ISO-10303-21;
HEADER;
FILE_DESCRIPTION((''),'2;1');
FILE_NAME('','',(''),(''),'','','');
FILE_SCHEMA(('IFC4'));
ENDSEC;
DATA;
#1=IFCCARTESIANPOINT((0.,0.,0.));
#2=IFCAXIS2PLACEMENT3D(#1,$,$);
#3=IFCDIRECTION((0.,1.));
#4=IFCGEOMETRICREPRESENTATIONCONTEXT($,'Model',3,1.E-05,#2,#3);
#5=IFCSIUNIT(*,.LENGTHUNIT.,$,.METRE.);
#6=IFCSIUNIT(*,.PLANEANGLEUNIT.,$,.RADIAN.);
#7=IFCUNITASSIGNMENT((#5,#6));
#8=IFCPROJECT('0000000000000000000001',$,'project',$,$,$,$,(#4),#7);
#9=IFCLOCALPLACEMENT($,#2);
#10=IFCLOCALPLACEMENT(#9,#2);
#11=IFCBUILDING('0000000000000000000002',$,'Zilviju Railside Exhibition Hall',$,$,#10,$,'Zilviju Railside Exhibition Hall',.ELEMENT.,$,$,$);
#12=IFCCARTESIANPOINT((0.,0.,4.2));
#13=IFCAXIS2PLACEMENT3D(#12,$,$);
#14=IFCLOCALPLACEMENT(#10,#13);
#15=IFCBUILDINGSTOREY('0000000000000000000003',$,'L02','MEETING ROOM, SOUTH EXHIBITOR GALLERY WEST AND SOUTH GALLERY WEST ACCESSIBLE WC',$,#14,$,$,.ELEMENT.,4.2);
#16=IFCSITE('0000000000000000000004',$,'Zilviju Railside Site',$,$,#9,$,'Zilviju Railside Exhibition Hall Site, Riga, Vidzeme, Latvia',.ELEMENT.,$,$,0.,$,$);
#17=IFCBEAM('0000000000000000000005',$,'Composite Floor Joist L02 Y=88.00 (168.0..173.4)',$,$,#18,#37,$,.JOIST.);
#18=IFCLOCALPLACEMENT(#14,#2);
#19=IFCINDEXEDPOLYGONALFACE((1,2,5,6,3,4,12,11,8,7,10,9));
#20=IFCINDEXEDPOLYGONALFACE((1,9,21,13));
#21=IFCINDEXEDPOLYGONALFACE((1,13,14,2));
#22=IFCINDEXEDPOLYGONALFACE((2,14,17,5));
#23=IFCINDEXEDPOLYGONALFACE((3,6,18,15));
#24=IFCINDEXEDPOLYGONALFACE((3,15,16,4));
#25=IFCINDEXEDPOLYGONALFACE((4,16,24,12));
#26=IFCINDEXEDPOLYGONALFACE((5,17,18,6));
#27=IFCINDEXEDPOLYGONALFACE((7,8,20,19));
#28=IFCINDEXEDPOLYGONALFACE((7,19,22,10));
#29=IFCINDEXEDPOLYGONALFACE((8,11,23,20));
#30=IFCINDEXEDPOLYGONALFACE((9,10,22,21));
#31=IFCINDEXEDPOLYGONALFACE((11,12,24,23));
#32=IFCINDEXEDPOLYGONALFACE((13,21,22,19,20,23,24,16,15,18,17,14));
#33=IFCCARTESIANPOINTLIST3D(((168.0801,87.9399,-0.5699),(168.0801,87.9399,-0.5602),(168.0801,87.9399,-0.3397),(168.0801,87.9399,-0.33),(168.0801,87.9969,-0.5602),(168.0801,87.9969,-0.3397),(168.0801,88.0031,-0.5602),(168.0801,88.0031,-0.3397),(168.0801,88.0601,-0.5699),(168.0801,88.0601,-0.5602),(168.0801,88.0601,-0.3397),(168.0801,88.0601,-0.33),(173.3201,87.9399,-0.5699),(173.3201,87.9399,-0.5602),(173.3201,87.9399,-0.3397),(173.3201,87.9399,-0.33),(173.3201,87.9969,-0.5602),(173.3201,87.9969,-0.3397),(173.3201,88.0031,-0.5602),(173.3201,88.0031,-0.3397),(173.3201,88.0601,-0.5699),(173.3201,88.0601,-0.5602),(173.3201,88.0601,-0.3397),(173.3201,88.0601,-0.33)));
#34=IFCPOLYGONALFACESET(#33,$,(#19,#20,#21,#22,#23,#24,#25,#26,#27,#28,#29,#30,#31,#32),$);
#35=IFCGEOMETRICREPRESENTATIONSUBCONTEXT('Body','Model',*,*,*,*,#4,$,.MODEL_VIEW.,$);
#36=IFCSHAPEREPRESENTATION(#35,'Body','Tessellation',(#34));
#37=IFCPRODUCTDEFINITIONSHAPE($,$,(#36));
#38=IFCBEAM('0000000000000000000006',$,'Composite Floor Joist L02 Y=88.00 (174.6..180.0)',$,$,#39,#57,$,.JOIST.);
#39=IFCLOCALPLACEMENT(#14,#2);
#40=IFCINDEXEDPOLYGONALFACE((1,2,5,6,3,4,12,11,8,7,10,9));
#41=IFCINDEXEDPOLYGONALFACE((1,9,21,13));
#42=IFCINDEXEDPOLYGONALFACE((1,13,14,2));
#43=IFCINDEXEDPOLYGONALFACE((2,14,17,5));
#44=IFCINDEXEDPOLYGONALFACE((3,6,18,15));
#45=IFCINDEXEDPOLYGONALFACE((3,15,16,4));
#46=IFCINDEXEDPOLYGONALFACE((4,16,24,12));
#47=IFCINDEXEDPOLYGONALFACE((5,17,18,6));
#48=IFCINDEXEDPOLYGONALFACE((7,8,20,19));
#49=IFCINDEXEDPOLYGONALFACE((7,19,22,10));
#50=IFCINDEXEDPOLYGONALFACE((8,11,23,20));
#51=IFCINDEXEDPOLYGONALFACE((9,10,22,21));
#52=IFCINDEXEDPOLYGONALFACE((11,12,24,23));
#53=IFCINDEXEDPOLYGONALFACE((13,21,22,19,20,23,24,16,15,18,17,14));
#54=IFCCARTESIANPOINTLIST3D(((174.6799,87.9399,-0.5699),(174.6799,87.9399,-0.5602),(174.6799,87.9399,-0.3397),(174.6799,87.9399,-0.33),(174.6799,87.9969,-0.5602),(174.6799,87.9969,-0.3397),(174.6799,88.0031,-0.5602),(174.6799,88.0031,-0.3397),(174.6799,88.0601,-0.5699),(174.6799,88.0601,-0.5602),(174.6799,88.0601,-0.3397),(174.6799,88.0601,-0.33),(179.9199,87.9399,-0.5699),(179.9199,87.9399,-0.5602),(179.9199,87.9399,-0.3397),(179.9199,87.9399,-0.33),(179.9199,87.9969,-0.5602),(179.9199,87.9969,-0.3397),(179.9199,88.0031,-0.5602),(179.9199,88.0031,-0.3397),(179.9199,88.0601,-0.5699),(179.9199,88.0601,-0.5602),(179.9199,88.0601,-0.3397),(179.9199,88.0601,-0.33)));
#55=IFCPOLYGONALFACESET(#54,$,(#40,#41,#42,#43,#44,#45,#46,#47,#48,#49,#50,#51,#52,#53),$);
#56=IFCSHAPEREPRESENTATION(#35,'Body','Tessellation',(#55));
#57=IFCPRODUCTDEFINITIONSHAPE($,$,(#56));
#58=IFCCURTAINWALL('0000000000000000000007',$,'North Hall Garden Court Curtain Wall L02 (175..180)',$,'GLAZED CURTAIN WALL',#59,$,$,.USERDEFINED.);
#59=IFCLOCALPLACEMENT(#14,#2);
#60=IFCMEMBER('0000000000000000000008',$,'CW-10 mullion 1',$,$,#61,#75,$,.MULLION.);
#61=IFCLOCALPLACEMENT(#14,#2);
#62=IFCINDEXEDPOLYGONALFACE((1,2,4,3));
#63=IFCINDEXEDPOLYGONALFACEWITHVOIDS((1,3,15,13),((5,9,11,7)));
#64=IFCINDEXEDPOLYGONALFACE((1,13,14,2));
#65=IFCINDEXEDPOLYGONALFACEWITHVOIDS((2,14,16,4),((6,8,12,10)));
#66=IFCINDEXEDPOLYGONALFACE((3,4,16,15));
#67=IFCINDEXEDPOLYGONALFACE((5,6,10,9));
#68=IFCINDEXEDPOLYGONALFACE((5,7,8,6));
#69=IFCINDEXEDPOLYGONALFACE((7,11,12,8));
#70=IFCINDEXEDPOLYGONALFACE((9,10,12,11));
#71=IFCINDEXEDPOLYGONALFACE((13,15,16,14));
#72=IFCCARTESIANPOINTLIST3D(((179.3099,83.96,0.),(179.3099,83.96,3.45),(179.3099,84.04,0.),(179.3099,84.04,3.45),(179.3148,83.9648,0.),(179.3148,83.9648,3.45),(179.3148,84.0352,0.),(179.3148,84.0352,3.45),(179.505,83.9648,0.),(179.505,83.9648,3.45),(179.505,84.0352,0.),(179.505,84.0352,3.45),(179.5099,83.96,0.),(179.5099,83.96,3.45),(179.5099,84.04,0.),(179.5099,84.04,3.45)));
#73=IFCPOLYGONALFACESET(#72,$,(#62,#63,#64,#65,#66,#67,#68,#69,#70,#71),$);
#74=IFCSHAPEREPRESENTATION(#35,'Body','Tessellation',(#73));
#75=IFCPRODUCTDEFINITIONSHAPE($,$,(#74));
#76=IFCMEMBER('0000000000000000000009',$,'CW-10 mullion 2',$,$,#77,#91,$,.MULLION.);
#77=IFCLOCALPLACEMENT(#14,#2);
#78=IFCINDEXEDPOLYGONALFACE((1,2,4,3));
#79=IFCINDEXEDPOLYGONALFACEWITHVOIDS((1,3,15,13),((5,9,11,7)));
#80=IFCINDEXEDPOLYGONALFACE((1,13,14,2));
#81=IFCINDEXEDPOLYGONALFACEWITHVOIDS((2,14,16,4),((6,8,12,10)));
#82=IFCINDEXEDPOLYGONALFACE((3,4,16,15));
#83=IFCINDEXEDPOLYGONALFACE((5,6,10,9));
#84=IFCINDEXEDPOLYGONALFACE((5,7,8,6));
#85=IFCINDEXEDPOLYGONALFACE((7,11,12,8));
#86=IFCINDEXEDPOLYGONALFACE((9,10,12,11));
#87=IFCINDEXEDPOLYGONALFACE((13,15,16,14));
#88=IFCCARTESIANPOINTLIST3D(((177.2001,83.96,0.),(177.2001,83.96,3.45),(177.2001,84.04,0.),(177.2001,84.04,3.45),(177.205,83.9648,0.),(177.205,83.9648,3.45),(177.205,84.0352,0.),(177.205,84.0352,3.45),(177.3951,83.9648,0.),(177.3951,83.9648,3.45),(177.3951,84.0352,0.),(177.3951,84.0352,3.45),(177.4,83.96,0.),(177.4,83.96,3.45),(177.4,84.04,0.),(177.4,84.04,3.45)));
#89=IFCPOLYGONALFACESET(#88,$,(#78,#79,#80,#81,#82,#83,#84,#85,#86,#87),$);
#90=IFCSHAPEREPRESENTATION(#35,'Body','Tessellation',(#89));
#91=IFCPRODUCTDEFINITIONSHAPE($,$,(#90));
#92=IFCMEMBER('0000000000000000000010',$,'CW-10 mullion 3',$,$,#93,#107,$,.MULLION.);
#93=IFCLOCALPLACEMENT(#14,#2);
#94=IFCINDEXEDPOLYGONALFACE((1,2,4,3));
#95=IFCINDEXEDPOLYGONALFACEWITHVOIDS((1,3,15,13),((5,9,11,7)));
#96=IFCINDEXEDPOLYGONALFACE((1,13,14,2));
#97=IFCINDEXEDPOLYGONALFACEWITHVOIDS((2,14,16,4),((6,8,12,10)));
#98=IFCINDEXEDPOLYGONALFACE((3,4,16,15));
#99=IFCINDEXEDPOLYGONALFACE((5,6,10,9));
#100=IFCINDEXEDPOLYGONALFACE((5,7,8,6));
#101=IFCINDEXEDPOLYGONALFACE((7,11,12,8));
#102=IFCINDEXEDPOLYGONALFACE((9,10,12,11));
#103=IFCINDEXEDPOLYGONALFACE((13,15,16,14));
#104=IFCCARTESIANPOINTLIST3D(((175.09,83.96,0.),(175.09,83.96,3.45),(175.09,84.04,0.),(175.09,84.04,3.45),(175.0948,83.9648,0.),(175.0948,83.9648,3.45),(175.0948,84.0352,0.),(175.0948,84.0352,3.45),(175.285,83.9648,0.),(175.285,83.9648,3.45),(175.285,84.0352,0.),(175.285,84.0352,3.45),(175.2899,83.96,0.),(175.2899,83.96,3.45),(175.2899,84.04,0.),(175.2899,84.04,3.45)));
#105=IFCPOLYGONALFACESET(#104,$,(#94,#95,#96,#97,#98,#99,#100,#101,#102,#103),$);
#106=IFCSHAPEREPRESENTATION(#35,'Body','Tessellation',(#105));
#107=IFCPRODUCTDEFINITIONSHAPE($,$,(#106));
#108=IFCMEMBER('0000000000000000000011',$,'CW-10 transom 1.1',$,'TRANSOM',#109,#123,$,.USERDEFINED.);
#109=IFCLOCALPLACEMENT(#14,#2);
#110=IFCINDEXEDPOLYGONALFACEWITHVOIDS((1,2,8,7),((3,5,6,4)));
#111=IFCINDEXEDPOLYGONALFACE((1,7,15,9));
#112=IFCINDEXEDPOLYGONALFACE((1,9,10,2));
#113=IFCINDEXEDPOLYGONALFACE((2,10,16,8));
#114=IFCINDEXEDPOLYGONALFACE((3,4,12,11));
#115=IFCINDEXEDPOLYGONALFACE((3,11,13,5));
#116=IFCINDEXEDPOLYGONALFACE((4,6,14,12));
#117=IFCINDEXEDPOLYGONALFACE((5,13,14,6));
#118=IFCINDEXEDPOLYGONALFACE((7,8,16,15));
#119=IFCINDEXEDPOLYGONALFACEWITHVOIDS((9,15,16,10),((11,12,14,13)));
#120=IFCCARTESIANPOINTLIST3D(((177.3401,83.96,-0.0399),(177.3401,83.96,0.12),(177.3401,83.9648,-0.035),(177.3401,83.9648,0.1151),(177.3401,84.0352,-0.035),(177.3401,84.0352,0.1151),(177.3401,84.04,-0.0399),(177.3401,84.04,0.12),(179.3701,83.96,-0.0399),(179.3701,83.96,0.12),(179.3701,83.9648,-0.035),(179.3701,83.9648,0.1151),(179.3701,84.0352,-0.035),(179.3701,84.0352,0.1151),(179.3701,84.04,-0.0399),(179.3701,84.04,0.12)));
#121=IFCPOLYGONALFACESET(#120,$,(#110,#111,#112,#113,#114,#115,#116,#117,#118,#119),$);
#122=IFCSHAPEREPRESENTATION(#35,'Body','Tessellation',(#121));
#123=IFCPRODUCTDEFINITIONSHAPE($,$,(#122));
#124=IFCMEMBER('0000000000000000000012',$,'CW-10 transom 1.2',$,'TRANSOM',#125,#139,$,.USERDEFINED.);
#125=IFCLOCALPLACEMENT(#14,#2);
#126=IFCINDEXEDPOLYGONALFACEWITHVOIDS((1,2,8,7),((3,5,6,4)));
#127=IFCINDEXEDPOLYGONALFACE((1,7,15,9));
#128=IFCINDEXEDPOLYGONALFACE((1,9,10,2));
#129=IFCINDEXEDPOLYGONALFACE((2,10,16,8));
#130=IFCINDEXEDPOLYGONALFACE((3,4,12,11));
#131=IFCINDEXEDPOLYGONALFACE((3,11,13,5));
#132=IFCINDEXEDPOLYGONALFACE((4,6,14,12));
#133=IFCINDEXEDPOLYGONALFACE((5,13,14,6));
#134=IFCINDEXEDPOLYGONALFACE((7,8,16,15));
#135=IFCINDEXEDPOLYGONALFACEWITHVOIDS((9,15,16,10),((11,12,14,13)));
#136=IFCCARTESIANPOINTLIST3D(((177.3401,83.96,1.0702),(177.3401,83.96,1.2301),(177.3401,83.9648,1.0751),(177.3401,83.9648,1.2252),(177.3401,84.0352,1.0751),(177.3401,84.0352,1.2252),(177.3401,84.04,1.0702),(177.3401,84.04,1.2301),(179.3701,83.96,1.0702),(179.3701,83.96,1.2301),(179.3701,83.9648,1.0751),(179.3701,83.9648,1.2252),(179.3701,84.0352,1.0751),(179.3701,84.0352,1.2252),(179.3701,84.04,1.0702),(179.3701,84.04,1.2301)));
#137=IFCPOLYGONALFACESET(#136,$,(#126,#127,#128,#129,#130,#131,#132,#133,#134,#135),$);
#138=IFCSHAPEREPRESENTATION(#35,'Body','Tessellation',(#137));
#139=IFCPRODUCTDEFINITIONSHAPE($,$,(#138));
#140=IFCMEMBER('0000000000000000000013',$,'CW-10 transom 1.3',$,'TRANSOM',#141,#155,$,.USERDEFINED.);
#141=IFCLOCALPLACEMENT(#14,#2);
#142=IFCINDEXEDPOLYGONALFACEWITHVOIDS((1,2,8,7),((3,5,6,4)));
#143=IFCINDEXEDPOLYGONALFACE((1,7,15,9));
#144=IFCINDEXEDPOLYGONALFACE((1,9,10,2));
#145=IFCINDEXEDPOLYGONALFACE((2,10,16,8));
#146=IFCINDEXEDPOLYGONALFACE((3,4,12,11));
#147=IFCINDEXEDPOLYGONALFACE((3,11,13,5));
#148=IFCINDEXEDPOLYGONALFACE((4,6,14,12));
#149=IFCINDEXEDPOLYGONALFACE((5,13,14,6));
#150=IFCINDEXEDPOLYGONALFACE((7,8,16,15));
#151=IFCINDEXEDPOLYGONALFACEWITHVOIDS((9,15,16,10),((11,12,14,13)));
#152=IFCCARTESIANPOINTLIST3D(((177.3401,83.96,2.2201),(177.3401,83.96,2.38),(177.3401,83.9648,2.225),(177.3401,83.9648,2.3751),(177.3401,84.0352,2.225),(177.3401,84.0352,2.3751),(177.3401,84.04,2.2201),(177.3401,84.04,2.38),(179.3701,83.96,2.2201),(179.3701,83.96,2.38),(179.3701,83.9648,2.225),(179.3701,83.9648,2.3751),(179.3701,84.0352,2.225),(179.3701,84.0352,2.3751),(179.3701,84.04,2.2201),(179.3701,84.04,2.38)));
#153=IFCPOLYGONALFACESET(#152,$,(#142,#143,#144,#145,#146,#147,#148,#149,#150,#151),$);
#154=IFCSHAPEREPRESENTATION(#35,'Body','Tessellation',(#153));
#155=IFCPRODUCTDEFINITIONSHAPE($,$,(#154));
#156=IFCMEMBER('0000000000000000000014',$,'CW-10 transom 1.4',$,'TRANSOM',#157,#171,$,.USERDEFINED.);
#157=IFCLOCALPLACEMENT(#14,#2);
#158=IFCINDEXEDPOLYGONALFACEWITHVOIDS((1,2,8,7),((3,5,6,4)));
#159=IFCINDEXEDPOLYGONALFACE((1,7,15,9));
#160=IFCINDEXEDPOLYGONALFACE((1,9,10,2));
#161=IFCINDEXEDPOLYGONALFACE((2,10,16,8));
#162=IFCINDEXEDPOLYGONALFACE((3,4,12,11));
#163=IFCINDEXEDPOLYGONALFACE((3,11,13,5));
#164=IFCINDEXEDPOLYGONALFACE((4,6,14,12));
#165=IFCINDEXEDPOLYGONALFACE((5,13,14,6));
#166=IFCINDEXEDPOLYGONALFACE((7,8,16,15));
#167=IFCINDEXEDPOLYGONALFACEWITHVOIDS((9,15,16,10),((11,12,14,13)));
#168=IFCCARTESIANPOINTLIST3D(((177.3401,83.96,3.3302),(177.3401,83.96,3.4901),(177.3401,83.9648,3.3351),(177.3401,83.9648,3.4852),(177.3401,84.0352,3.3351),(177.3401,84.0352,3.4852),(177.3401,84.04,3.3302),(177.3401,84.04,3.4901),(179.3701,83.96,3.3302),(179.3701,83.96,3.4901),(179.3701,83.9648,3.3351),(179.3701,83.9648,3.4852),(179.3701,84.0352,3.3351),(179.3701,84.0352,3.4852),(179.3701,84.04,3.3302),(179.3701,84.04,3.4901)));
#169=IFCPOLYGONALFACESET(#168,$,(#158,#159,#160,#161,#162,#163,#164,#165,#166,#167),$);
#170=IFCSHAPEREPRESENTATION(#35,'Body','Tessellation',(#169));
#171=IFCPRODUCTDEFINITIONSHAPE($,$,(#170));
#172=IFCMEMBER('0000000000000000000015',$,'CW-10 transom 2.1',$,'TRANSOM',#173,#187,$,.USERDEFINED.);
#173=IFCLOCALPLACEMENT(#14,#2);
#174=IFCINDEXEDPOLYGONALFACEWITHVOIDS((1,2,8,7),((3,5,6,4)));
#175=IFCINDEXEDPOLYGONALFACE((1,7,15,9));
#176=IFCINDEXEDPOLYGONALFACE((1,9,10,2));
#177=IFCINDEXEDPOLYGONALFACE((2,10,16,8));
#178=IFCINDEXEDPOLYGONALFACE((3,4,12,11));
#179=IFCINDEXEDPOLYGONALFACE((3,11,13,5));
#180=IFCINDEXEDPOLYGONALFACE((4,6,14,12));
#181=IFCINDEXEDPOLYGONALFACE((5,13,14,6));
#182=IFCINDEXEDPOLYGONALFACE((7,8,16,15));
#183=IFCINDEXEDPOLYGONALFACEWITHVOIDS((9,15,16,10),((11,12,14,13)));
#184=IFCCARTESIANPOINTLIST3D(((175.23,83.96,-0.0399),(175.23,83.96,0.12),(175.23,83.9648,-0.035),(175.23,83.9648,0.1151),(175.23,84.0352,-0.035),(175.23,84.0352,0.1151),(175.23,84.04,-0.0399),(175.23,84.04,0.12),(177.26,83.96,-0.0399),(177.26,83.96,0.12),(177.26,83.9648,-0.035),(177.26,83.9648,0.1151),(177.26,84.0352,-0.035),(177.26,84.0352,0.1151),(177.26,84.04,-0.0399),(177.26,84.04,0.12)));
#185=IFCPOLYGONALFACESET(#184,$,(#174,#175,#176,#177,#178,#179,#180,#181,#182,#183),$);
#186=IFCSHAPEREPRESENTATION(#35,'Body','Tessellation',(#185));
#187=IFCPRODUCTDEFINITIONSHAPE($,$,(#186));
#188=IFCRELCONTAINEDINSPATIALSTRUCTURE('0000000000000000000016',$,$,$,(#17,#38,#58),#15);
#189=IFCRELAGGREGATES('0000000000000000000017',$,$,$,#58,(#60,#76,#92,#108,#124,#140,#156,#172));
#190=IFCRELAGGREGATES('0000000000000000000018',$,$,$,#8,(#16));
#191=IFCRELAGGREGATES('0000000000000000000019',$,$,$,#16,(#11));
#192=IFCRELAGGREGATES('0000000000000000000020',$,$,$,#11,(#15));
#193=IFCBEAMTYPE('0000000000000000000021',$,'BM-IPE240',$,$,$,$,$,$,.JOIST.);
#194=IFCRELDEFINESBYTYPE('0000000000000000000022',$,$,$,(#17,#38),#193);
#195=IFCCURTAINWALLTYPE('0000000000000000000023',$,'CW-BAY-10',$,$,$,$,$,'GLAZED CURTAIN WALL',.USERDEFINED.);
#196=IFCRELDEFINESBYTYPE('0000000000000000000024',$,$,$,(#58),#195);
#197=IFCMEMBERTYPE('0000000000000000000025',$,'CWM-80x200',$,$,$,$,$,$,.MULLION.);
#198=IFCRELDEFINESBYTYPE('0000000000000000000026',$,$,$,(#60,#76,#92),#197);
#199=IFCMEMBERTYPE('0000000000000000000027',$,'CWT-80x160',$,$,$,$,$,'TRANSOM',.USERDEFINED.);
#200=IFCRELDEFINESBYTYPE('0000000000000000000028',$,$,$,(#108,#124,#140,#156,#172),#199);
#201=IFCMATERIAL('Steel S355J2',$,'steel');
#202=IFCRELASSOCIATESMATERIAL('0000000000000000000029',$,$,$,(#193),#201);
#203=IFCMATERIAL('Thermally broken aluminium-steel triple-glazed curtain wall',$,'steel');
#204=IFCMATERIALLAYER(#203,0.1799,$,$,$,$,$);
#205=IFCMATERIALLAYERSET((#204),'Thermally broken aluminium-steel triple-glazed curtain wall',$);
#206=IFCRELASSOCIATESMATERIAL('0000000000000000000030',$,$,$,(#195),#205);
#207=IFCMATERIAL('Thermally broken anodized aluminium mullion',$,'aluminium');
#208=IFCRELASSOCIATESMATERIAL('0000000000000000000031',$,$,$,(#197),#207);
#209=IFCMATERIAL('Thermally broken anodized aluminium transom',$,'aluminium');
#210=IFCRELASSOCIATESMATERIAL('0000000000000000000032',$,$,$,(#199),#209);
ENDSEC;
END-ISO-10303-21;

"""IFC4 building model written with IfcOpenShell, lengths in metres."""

from ifc_helpers import new_model, si_unit, direction, frame, origin, origin_2d, place, context, subcontext, project, spatial, hollow_rectangle, i_section, extrude, material, layer, layer_set, material_profile, profile_set, type_object, element, aggregate, save


model = new_model("IFC4")

# Units and contexts
model_context = context("Model", 3, precision=1e-05, world=origin(), true_north=direction((0.0, 1.0)))
body_context = subcontext(model_context, "Body", "Model", "MODEL_VIEW")
ifc_project = project(units=[si_unit("LENGTHUNIT", "METRE"), si_unit("PLANEANGLEUNIT", "RADIAN")], contexts=[model_context])

# Site, building, storey
site_placement = place(None, origin())
site = spatial("IfcSite", under=ifc_project, at=site_placement, Name="Zilviju Railside Site", LongName="Zilviju Railside Exhibition Hall Site, Riga, Vidzeme, Latvia", CompositionType="ELEMENT", RefElevation=0.0)
building_placement = place(site_placement, origin())
building = spatial("IfcBuilding", under=site, at=building_placement, Name="Zilviju Railside Exhibition Hall", LongName="Zilviju Railside Exhibition Hall", CompositionType="ELEMENT")
storey_placement = place(building_placement, frame((0.0, 0.0, 4.2)))
storey = spatial("IfcBuildingStorey", under=building, at=storey_placement, Name="L02", Description="MEETING ROOM, SOUTH EXHIBITOR GALLERY WEST AND SOUTH GALLERY WEST ACCESSIBLE WC", CompositionType="ELEMENT", Elevation=4.2)

# Beams
ifc_material_1 = material(Name="Steel S355J2", Category="steel")
ifc_material_profile_1 = material_profile(ifc_material_1, i_section(OverallWidth=0.1201, OverallDepth=0.24, WebThickness=0.0061, FlangeThickness=0.0098, at=origin_2d()), Name="IPE 240")
ifc_profile_set_1 = profile_set([ifc_material_profile_1], Name="Steel S355J2")
beam_type = type_object("IfcBeamType", Name="BM-IPE240", PredefinedType="JOIST", material=ifc_profile_set_1)
for number, where, z_axis, x_axis, name in (
    (1, (168.0801, 88.0, -0.45), (1.0, 0.0, 0.0), (0.0, 1.0, 0.0), "Composite Floor Joist L02 Y=88.00 (168.0..173.4)"),
    (2, (174.6799, 88.0, -0.45), (1.0, 0.0, 0.0), (0.0, 1.0, 0.0), "Composite Floor Joist L02 Y=88.00 (174.6..180.0)"),
):
    element("IfcBeam", number, at=place(storey_placement, frame(where, z_axis=z_axis, x_axis=x_axis)), inside=storey, type_object=beam_type, Name=name, PredefinedType="JOIST", context=body_context, shape_type="SweptSolid", body=[
        extrude(i_section(OverallWidth=0.1201, OverallDepth=0.24, WebThickness=0.0061, FlangeThickness=0.0098, at=origin_2d()), origin(), (0.0, 0.0, 1.0), 5.24),
    ])

# Curtain wall, members
ifc_material_2 = material(Name="Thermally broken aluminium-steel triple-glazed curtain wall", Category="steel")
ifc_layer_1 = layer(ifc_material_2, 0.1799)
ifc_layer_set_1 = layer_set([ifc_layer_1], Name="Thermally broken aluminium-steel triple-glazed curtain wall")
curtain_wall_type = type_object("IfcCurtainWallType", Name="CW-BAY-10", ElementType="GLAZED CURTAIN WALL", PredefinedType="USERDEFINED", material=ifc_layer_set_1)
curtain_wall_placement = place(storey_placement, origin())
curtain_wall = element("IfcCurtainWall", 3, at=curtain_wall_placement, inside=storey, type_object=curtain_wall_type, Name="North Hall Garden Court Curtain Wall L02 (175..180)", ObjectType="GLAZED CURTAIN WALL", PredefinedType="USERDEFINED")
ifc_material_3 = material(Name="Thermally broken anodized aluminium mullion", Category="aluminium")
ifc_material_profile_2 = material_profile(ifc_material_3, hollow_rectangle(XDim=0.0801, YDim=0.2, WallThickness=0.0049, at=origin_2d()), Name="MULLION 200x80x5")
ifc_profile_set_2 = profile_set([ifc_material_profile_2], Name="Thermally broken anodized aluminium mullion")
member_type_1 = type_object("IfcMemberType", Name="CWM-80x200", PredefinedType="MULLION", material=ifc_profile_set_2)
member_1_placement = place(storey_placement, frame((179.4099, 84.0, 0.0), z_axis=(0.0, 0.0, 1.0), x_axis=(0.0, -1.0, 0.0)))
member_1 = element("IfcMember", 4, at=member_1_placement, type_object=member_type_1, Name="CW-10 mullion 1", PredefinedType="MULLION", context=body_context, shape_type="SweptSolid", body=[
    extrude(hollow_rectangle(XDim=0.0801, YDim=0.2, WallThickness=0.0049, at=origin_2d()), origin(), (0.0, 0.0, 1.0), 3.45),
])
member_2_placement = place(storey_placement, frame((177.3, 84.0, 0.0), z_axis=(0.0, 0.0, 1.0), x_axis=(0.0, -1.0, 0.0)))
member_2 = element("IfcMember", 5, at=member_2_placement, type_object=member_type_1, Name="CW-10 mullion 2", PredefinedType="MULLION", context=body_context, shape_type="SweptSolid", body=[
    extrude(hollow_rectangle(XDim=0.0801, YDim=0.2, WallThickness=0.0049, at=origin_2d()), origin(), (0.0, 0.0, 1.0), 3.45),
])
member_3_placement = place(storey_placement, frame((175.1899, 84.0, 0.0), z_axis=(0.0, 0.0, 1.0), x_axis=(0.0, -1.0, 0.0)))
member_3 = element("IfcMember", 6, at=member_3_placement, type_object=member_type_1, Name="CW-10 mullion 3", PredefinedType="MULLION", context=body_context, shape_type="SweptSolid", body=[
    extrude(hollow_rectangle(XDim=0.0801, YDim=0.2, WallThickness=0.0049, at=origin_2d()), origin(), (0.0, 0.0, 1.0), 3.45),
])
ifc_material_4 = material(Name="Thermally broken anodized aluminium transom", Category="aluminium")
ifc_material_profile_3 = material_profile(ifc_material_4, hollow_rectangle(XDim=0.0801, YDim=0.1599, WallThickness=0.0049, at=origin_2d()), Name="TRANSOM 160x80x5")
ifc_profile_set_3 = profile_set([ifc_material_profile_3], Name="Thermally broken anodized aluminium transom")
member_type_2 = type_object("IfcMemberType", Name="CWT-80x160", ElementType="TRANSOM", PredefinedType="USERDEFINED", material=ifc_profile_set_3)
member_4_placement = place(storey_placement, frame((179.3701, 84.0, 0.04), z_axis=(-1.0, 0.0, 0.0), x_axis=(0.0, -1.0, 0.0)))
member_4 = element("IfcMember", 7, at=member_4_placement, type_object=member_type_2, Name="CW-10 transom 1.1", ObjectType="TRANSOM", PredefinedType="USERDEFINED", context=body_context, shape_type="SweptSolid", body=[
    extrude(hollow_rectangle(XDim=0.0801, YDim=0.1599, WallThickness=0.0049, at=origin_2d()), origin(), (0.0, 0.0, 1.0), 2.03),
])
member_5_placement = place(storey_placement, frame((179.3701, 84.0, 1.1501), z_axis=(-1.0, 0.0, 0.0), x_axis=(0.0, -1.0, 0.0)))
member_5 = element("IfcMember", 8, at=member_5_placement, type_object=member_type_2, Name="CW-10 transom 1.2", ObjectType="TRANSOM", PredefinedType="USERDEFINED", context=body_context, shape_type="SweptSolid", body=[
    extrude(hollow_rectangle(XDim=0.0801, YDim=0.1599, WallThickness=0.0049, at=origin_2d()), origin(), (0.0, 0.0, 1.0), 2.03),
])
member_6_placement = place(storey_placement, frame((179.3701, 84.0, 2.3), z_axis=(-1.0, 0.0, 0.0), x_axis=(0.0, -1.0, 0.0)))
member_6 = element("IfcMember", 9, at=member_6_placement, type_object=member_type_2, Name="CW-10 transom 1.3", ObjectType="TRANSOM", PredefinedType="USERDEFINED", context=body_context, shape_type="SweptSolid", body=[
    extrude(hollow_rectangle(XDim=0.0801, YDim=0.1599, WallThickness=0.0049, at=origin_2d()), origin(), (0.0, 0.0, 1.0), 2.03),
])
member_7_placement = place(storey_placement, frame((179.3701, 84.0, 3.4102), z_axis=(-1.0, 0.0, 0.0), x_axis=(0.0, -1.0, 0.0)))
member_7 = element("IfcMember", 10, at=member_7_placement, type_object=member_type_2, Name="CW-10 transom 1.4", ObjectType="TRANSOM", PredefinedType="USERDEFINED", context=body_context, shape_type="SweptSolid", body=[
    extrude(hollow_rectangle(XDim=0.0801, YDim=0.1599, WallThickness=0.0049, at=origin_2d()), origin(), (0.0, 0.0, 1.0), 2.03),
])
member_8_placement = place(storey_placement, frame((177.26, 84.0, 0.04), z_axis=(-1.0, 0.0, 0.0), x_axis=(0.0, -1.0, 0.0)))
member_8 = element("IfcMember", 11, at=member_8_placement, type_object=member_type_2, Name="CW-10 transom 2.1", ObjectType="TRANSOM", PredefinedType="USERDEFINED", context=body_context, shape_type="SweptSolid", body=[
    extrude(hollow_rectangle(XDim=0.0801, YDim=0.1599, WallThickness=0.0049, at=origin_2d()), origin(), (0.0, 0.0, 1.0), 2.03),
])
aggregate(curtain_wall, [member_1, member_2, member_3, member_4, member_5, member_6, member_7, member_8])

save(model, "model.ifc")
